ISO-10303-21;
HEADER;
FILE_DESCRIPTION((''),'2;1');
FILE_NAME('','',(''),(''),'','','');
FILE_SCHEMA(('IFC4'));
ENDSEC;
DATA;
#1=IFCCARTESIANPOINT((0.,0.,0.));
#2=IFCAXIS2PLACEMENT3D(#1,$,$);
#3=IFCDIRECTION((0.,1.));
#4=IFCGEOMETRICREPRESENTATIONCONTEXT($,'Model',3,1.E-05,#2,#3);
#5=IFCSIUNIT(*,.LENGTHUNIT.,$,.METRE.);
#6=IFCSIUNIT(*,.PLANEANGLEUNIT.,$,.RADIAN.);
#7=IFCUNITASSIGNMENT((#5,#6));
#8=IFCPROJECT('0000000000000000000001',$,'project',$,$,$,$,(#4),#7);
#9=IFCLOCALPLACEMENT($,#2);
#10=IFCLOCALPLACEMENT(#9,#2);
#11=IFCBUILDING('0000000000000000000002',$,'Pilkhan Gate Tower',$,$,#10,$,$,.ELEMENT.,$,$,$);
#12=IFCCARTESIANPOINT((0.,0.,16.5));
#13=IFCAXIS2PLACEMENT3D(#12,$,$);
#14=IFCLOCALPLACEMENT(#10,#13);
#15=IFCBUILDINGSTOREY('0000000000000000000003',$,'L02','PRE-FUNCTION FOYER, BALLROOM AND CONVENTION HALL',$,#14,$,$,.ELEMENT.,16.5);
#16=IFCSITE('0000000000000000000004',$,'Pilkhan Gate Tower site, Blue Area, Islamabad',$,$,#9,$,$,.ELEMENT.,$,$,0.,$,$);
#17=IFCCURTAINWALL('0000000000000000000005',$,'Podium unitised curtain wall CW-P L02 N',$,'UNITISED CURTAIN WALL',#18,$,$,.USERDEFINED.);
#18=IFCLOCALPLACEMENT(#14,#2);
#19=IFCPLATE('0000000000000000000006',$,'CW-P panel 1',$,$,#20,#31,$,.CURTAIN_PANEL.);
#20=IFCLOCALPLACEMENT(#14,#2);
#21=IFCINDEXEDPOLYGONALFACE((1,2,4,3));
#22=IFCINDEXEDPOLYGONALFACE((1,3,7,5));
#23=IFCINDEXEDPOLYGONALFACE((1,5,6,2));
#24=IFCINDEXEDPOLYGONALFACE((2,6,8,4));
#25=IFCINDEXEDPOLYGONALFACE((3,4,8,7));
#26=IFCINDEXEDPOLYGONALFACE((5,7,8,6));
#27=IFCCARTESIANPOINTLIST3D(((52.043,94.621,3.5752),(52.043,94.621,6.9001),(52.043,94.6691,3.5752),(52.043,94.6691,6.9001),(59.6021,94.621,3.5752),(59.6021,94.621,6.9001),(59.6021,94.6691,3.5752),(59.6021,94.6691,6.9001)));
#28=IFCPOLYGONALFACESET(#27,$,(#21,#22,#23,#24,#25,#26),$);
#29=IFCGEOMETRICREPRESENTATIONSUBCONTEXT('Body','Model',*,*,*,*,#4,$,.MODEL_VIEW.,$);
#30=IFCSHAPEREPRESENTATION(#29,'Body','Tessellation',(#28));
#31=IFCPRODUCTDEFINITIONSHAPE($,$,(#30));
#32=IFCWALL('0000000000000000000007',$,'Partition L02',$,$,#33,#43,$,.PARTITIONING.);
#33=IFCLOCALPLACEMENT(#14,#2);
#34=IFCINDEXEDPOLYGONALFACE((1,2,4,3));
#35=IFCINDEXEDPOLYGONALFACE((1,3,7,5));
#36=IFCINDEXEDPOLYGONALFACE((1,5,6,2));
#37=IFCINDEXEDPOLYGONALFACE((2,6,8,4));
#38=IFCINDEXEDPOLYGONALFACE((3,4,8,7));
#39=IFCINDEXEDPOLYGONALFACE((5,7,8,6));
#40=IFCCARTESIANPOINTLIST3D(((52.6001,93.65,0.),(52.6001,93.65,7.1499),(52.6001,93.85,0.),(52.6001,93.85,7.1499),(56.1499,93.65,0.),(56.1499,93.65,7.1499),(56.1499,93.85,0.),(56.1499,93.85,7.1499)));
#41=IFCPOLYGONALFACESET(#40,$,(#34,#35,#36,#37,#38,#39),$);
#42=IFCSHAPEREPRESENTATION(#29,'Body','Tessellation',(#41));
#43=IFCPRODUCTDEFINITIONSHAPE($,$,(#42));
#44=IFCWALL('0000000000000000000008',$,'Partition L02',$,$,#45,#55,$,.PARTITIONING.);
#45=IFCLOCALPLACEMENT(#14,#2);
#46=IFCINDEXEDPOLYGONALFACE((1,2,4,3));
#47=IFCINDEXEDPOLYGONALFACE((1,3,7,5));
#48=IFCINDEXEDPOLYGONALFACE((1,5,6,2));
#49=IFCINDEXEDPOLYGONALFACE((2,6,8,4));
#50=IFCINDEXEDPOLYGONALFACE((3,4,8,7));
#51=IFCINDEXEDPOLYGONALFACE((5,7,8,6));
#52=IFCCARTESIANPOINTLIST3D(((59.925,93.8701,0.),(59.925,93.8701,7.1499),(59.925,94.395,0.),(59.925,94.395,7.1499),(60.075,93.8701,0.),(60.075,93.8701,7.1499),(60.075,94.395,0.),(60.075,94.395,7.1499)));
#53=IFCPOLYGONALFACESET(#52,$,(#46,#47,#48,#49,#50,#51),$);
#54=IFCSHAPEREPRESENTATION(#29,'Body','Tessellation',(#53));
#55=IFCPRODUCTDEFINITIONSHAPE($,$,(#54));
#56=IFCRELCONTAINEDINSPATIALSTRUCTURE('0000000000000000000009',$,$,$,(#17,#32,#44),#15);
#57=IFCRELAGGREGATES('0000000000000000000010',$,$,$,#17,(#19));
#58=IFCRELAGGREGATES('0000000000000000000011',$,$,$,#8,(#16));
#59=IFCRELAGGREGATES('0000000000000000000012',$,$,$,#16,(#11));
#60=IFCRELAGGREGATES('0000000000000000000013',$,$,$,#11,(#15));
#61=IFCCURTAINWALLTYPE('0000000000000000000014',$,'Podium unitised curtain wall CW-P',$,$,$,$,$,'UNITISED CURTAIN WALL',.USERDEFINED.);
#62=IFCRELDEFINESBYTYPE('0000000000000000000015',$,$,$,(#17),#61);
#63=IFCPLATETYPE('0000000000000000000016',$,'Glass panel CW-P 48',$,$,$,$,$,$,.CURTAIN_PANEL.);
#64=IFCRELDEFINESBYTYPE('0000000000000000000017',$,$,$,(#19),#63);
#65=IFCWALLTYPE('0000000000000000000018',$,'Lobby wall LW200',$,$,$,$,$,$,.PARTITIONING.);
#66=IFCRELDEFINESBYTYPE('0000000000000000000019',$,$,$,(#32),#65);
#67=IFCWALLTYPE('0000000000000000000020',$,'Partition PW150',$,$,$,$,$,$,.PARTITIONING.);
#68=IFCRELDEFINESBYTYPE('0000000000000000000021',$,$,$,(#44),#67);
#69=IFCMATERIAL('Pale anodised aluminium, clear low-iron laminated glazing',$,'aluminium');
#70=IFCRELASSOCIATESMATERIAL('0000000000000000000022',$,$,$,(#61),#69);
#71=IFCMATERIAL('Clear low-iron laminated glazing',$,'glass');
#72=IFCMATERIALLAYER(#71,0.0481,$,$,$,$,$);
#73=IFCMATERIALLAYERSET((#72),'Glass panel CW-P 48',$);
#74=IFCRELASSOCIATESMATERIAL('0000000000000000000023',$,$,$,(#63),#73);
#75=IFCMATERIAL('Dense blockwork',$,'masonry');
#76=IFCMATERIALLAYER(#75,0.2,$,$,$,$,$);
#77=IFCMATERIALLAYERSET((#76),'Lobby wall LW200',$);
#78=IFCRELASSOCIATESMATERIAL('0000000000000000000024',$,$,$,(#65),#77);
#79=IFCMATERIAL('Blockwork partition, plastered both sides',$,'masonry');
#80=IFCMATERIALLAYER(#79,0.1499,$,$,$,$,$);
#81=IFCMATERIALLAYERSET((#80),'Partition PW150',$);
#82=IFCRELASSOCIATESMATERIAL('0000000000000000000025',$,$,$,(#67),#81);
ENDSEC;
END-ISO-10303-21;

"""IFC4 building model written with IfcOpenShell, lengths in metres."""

from ifc_helpers import new_model, si_unit, direction, frame, frame_2d, origin, origin_2d, place, context, subcontext, project, spatial, rectangle, extrude, material, layer, layer_set, type_object, element, aggregate, save


model = new_model("IFC4")

# Units and contexts
model_context = context("Model", 3, precision=1e-05, world=origin(), true_north=direction((0.0, 1.0)))
body_context = subcontext(model_context, "Body", "Model", "MODEL_VIEW")
ifc_project = project(units=[si_unit("LENGTHUNIT", "METRE"), si_unit("PLANEANGLEUNIT", "RADIAN")], contexts=[model_context])

# Site, building, storey
site_placement = place(None, origin())
site = spatial("IfcSite", under=ifc_project, at=site_placement, Name="Pilkhan Gate Tower site, Blue Area, Islamabad", CompositionType="ELEMENT", RefElevation=0.0)
building_placement = place(site_placement, origin())
building = spatial("IfcBuilding", under=site, at=building_placement, Name="Pilkhan Gate Tower", CompositionType="ELEMENT")
storey_placement = place(building_placement, frame((0.0, 0.0, 16.5)))
storey = spatial("IfcBuildingStorey", under=building, at=storey_placement, Name="L02", Description="PRE-FUNCTION FOYER, BALLROOM AND CONVENTION HALL", CompositionType="ELEMENT", Elevation=16.5)

# Shared definitions
ifc_material_1 = material(Name="Pale anodised aluminium, clear low-iron laminated glazing", Category="aluminium")
curtain_wall_type = type_object("IfcCurtainWallType", Name="Podium unitised curtain wall CW-P", ElementType="UNITISED CURTAIN WALL", PredefinedType="USERDEFINED", material=ifc_material_1)

# Curtain wall
curtain_wall_1_placement = place(storey_placement, origin())
curtain_wall_1 = element("IfcCurtainWall", 1, at=curtain_wall_1_placement, inside=storey, type_object=curtain_wall_type, Name="Podium unitised curtain wall CW-P L02 N", ObjectType="UNITISED CURTAIN WALL", PredefinedType="USERDEFINED")

# Plate
ifc_material_2 = material(Name="Clear low-iron laminated glazing", Category="glass")
ifc_layer_1 = layer(ifc_material_2, 0.0481)
ifc_layer_set_1 = layer_set([ifc_layer_1], Name="Glass panel CW-P 48")
plate_type = type_object("IfcPlateType", Name="Glass panel CW-P 48", PredefinedType="CURTAIN_PANEL", material=ifc_layer_set_1)
plate_1_placement = place(storey_placement, frame((55.8225, 94.645, 3.5752), z_axis=(0.0, 0.0, 1.0), x_axis=(1.0, 0.0, 0.0)))
plate_1 = element("IfcPlate", 2, at=plate_1_placement, type_object=plate_type, Name="CW-P panel 1", PredefinedType="CURTAIN_PANEL", context=body_context, shape_type="SweptSolid", body=[
    extrude(rectangle(XDim=7.5591, YDim=0.0481, at=origin_2d()), origin(), (0.0, 0.0, 1.0), 3.325),
])
aggregate(curtain_wall_1, [plate_1])

# Walls
ifc_material_3 = material(Name="Dense blockwork", Category="masonry")
ifc_layer_2 = layer(ifc_material_3, 0.2)
ifc_layer_set_2 = layer_set([ifc_layer_2], Name="Lobby wall LW200")
wall_type_1 = type_object("IfcWallType", Name="Lobby wall LW200", PredefinedType="PARTITIONING", material=ifc_layer_set_2)
wall_1_placement = place(storey_placement, frame((52.6001, 93.75, 0.0), z_axis=(0.0, 0.0, 1.0), x_axis=(1.0, 0.0, 0.0)))
element("IfcWall", 3, at=wall_1_placement, inside=storey, type_object=wall_type_1, Name="Partition L02", PredefinedType="PARTITIONING", context=body_context, shape_type="SweptSolid", body=[
    extrude(rectangle(XDim=3.5498, YDim=0.2, at=frame_2d((1.7749, 0.0))), origin(), (0.0, 0.0, 1.0), 7.1499),
])
ifc_material_4 = material(Name="Blockwork partition, plastered both sides", Category="masonry")
ifc_layer_3 = layer(ifc_material_4, 0.1499)
ifc_layer_set_3 = layer_set([ifc_layer_3], Name="Partition PW150")
wall_type_2 = type_object("IfcWallType", Name="Partition PW150", PredefinedType="PARTITIONING", material=ifc_layer_set_3)
wall_2_placement = place(storey_placement, frame((60.0, 93.8701, 0.0), z_axis=(0.0, 0.0, 1.0), x_axis=(0.0, 1.0, 0.0)))
element("IfcWall", 4, at=wall_2_placement, inside=storey, type_object=wall_type_2, Name="Partition L02", PredefinedType="PARTITIONING", context=body_context, shape_type="SweptSolid", body=[
    extrude(rectangle(XDim=0.5249, YDim=0.1499, at=frame_2d((0.2625, 0.0))), origin(), (0.0, 0.0, 1.0), 7.1499),
])

save(model, "model.ifc")
